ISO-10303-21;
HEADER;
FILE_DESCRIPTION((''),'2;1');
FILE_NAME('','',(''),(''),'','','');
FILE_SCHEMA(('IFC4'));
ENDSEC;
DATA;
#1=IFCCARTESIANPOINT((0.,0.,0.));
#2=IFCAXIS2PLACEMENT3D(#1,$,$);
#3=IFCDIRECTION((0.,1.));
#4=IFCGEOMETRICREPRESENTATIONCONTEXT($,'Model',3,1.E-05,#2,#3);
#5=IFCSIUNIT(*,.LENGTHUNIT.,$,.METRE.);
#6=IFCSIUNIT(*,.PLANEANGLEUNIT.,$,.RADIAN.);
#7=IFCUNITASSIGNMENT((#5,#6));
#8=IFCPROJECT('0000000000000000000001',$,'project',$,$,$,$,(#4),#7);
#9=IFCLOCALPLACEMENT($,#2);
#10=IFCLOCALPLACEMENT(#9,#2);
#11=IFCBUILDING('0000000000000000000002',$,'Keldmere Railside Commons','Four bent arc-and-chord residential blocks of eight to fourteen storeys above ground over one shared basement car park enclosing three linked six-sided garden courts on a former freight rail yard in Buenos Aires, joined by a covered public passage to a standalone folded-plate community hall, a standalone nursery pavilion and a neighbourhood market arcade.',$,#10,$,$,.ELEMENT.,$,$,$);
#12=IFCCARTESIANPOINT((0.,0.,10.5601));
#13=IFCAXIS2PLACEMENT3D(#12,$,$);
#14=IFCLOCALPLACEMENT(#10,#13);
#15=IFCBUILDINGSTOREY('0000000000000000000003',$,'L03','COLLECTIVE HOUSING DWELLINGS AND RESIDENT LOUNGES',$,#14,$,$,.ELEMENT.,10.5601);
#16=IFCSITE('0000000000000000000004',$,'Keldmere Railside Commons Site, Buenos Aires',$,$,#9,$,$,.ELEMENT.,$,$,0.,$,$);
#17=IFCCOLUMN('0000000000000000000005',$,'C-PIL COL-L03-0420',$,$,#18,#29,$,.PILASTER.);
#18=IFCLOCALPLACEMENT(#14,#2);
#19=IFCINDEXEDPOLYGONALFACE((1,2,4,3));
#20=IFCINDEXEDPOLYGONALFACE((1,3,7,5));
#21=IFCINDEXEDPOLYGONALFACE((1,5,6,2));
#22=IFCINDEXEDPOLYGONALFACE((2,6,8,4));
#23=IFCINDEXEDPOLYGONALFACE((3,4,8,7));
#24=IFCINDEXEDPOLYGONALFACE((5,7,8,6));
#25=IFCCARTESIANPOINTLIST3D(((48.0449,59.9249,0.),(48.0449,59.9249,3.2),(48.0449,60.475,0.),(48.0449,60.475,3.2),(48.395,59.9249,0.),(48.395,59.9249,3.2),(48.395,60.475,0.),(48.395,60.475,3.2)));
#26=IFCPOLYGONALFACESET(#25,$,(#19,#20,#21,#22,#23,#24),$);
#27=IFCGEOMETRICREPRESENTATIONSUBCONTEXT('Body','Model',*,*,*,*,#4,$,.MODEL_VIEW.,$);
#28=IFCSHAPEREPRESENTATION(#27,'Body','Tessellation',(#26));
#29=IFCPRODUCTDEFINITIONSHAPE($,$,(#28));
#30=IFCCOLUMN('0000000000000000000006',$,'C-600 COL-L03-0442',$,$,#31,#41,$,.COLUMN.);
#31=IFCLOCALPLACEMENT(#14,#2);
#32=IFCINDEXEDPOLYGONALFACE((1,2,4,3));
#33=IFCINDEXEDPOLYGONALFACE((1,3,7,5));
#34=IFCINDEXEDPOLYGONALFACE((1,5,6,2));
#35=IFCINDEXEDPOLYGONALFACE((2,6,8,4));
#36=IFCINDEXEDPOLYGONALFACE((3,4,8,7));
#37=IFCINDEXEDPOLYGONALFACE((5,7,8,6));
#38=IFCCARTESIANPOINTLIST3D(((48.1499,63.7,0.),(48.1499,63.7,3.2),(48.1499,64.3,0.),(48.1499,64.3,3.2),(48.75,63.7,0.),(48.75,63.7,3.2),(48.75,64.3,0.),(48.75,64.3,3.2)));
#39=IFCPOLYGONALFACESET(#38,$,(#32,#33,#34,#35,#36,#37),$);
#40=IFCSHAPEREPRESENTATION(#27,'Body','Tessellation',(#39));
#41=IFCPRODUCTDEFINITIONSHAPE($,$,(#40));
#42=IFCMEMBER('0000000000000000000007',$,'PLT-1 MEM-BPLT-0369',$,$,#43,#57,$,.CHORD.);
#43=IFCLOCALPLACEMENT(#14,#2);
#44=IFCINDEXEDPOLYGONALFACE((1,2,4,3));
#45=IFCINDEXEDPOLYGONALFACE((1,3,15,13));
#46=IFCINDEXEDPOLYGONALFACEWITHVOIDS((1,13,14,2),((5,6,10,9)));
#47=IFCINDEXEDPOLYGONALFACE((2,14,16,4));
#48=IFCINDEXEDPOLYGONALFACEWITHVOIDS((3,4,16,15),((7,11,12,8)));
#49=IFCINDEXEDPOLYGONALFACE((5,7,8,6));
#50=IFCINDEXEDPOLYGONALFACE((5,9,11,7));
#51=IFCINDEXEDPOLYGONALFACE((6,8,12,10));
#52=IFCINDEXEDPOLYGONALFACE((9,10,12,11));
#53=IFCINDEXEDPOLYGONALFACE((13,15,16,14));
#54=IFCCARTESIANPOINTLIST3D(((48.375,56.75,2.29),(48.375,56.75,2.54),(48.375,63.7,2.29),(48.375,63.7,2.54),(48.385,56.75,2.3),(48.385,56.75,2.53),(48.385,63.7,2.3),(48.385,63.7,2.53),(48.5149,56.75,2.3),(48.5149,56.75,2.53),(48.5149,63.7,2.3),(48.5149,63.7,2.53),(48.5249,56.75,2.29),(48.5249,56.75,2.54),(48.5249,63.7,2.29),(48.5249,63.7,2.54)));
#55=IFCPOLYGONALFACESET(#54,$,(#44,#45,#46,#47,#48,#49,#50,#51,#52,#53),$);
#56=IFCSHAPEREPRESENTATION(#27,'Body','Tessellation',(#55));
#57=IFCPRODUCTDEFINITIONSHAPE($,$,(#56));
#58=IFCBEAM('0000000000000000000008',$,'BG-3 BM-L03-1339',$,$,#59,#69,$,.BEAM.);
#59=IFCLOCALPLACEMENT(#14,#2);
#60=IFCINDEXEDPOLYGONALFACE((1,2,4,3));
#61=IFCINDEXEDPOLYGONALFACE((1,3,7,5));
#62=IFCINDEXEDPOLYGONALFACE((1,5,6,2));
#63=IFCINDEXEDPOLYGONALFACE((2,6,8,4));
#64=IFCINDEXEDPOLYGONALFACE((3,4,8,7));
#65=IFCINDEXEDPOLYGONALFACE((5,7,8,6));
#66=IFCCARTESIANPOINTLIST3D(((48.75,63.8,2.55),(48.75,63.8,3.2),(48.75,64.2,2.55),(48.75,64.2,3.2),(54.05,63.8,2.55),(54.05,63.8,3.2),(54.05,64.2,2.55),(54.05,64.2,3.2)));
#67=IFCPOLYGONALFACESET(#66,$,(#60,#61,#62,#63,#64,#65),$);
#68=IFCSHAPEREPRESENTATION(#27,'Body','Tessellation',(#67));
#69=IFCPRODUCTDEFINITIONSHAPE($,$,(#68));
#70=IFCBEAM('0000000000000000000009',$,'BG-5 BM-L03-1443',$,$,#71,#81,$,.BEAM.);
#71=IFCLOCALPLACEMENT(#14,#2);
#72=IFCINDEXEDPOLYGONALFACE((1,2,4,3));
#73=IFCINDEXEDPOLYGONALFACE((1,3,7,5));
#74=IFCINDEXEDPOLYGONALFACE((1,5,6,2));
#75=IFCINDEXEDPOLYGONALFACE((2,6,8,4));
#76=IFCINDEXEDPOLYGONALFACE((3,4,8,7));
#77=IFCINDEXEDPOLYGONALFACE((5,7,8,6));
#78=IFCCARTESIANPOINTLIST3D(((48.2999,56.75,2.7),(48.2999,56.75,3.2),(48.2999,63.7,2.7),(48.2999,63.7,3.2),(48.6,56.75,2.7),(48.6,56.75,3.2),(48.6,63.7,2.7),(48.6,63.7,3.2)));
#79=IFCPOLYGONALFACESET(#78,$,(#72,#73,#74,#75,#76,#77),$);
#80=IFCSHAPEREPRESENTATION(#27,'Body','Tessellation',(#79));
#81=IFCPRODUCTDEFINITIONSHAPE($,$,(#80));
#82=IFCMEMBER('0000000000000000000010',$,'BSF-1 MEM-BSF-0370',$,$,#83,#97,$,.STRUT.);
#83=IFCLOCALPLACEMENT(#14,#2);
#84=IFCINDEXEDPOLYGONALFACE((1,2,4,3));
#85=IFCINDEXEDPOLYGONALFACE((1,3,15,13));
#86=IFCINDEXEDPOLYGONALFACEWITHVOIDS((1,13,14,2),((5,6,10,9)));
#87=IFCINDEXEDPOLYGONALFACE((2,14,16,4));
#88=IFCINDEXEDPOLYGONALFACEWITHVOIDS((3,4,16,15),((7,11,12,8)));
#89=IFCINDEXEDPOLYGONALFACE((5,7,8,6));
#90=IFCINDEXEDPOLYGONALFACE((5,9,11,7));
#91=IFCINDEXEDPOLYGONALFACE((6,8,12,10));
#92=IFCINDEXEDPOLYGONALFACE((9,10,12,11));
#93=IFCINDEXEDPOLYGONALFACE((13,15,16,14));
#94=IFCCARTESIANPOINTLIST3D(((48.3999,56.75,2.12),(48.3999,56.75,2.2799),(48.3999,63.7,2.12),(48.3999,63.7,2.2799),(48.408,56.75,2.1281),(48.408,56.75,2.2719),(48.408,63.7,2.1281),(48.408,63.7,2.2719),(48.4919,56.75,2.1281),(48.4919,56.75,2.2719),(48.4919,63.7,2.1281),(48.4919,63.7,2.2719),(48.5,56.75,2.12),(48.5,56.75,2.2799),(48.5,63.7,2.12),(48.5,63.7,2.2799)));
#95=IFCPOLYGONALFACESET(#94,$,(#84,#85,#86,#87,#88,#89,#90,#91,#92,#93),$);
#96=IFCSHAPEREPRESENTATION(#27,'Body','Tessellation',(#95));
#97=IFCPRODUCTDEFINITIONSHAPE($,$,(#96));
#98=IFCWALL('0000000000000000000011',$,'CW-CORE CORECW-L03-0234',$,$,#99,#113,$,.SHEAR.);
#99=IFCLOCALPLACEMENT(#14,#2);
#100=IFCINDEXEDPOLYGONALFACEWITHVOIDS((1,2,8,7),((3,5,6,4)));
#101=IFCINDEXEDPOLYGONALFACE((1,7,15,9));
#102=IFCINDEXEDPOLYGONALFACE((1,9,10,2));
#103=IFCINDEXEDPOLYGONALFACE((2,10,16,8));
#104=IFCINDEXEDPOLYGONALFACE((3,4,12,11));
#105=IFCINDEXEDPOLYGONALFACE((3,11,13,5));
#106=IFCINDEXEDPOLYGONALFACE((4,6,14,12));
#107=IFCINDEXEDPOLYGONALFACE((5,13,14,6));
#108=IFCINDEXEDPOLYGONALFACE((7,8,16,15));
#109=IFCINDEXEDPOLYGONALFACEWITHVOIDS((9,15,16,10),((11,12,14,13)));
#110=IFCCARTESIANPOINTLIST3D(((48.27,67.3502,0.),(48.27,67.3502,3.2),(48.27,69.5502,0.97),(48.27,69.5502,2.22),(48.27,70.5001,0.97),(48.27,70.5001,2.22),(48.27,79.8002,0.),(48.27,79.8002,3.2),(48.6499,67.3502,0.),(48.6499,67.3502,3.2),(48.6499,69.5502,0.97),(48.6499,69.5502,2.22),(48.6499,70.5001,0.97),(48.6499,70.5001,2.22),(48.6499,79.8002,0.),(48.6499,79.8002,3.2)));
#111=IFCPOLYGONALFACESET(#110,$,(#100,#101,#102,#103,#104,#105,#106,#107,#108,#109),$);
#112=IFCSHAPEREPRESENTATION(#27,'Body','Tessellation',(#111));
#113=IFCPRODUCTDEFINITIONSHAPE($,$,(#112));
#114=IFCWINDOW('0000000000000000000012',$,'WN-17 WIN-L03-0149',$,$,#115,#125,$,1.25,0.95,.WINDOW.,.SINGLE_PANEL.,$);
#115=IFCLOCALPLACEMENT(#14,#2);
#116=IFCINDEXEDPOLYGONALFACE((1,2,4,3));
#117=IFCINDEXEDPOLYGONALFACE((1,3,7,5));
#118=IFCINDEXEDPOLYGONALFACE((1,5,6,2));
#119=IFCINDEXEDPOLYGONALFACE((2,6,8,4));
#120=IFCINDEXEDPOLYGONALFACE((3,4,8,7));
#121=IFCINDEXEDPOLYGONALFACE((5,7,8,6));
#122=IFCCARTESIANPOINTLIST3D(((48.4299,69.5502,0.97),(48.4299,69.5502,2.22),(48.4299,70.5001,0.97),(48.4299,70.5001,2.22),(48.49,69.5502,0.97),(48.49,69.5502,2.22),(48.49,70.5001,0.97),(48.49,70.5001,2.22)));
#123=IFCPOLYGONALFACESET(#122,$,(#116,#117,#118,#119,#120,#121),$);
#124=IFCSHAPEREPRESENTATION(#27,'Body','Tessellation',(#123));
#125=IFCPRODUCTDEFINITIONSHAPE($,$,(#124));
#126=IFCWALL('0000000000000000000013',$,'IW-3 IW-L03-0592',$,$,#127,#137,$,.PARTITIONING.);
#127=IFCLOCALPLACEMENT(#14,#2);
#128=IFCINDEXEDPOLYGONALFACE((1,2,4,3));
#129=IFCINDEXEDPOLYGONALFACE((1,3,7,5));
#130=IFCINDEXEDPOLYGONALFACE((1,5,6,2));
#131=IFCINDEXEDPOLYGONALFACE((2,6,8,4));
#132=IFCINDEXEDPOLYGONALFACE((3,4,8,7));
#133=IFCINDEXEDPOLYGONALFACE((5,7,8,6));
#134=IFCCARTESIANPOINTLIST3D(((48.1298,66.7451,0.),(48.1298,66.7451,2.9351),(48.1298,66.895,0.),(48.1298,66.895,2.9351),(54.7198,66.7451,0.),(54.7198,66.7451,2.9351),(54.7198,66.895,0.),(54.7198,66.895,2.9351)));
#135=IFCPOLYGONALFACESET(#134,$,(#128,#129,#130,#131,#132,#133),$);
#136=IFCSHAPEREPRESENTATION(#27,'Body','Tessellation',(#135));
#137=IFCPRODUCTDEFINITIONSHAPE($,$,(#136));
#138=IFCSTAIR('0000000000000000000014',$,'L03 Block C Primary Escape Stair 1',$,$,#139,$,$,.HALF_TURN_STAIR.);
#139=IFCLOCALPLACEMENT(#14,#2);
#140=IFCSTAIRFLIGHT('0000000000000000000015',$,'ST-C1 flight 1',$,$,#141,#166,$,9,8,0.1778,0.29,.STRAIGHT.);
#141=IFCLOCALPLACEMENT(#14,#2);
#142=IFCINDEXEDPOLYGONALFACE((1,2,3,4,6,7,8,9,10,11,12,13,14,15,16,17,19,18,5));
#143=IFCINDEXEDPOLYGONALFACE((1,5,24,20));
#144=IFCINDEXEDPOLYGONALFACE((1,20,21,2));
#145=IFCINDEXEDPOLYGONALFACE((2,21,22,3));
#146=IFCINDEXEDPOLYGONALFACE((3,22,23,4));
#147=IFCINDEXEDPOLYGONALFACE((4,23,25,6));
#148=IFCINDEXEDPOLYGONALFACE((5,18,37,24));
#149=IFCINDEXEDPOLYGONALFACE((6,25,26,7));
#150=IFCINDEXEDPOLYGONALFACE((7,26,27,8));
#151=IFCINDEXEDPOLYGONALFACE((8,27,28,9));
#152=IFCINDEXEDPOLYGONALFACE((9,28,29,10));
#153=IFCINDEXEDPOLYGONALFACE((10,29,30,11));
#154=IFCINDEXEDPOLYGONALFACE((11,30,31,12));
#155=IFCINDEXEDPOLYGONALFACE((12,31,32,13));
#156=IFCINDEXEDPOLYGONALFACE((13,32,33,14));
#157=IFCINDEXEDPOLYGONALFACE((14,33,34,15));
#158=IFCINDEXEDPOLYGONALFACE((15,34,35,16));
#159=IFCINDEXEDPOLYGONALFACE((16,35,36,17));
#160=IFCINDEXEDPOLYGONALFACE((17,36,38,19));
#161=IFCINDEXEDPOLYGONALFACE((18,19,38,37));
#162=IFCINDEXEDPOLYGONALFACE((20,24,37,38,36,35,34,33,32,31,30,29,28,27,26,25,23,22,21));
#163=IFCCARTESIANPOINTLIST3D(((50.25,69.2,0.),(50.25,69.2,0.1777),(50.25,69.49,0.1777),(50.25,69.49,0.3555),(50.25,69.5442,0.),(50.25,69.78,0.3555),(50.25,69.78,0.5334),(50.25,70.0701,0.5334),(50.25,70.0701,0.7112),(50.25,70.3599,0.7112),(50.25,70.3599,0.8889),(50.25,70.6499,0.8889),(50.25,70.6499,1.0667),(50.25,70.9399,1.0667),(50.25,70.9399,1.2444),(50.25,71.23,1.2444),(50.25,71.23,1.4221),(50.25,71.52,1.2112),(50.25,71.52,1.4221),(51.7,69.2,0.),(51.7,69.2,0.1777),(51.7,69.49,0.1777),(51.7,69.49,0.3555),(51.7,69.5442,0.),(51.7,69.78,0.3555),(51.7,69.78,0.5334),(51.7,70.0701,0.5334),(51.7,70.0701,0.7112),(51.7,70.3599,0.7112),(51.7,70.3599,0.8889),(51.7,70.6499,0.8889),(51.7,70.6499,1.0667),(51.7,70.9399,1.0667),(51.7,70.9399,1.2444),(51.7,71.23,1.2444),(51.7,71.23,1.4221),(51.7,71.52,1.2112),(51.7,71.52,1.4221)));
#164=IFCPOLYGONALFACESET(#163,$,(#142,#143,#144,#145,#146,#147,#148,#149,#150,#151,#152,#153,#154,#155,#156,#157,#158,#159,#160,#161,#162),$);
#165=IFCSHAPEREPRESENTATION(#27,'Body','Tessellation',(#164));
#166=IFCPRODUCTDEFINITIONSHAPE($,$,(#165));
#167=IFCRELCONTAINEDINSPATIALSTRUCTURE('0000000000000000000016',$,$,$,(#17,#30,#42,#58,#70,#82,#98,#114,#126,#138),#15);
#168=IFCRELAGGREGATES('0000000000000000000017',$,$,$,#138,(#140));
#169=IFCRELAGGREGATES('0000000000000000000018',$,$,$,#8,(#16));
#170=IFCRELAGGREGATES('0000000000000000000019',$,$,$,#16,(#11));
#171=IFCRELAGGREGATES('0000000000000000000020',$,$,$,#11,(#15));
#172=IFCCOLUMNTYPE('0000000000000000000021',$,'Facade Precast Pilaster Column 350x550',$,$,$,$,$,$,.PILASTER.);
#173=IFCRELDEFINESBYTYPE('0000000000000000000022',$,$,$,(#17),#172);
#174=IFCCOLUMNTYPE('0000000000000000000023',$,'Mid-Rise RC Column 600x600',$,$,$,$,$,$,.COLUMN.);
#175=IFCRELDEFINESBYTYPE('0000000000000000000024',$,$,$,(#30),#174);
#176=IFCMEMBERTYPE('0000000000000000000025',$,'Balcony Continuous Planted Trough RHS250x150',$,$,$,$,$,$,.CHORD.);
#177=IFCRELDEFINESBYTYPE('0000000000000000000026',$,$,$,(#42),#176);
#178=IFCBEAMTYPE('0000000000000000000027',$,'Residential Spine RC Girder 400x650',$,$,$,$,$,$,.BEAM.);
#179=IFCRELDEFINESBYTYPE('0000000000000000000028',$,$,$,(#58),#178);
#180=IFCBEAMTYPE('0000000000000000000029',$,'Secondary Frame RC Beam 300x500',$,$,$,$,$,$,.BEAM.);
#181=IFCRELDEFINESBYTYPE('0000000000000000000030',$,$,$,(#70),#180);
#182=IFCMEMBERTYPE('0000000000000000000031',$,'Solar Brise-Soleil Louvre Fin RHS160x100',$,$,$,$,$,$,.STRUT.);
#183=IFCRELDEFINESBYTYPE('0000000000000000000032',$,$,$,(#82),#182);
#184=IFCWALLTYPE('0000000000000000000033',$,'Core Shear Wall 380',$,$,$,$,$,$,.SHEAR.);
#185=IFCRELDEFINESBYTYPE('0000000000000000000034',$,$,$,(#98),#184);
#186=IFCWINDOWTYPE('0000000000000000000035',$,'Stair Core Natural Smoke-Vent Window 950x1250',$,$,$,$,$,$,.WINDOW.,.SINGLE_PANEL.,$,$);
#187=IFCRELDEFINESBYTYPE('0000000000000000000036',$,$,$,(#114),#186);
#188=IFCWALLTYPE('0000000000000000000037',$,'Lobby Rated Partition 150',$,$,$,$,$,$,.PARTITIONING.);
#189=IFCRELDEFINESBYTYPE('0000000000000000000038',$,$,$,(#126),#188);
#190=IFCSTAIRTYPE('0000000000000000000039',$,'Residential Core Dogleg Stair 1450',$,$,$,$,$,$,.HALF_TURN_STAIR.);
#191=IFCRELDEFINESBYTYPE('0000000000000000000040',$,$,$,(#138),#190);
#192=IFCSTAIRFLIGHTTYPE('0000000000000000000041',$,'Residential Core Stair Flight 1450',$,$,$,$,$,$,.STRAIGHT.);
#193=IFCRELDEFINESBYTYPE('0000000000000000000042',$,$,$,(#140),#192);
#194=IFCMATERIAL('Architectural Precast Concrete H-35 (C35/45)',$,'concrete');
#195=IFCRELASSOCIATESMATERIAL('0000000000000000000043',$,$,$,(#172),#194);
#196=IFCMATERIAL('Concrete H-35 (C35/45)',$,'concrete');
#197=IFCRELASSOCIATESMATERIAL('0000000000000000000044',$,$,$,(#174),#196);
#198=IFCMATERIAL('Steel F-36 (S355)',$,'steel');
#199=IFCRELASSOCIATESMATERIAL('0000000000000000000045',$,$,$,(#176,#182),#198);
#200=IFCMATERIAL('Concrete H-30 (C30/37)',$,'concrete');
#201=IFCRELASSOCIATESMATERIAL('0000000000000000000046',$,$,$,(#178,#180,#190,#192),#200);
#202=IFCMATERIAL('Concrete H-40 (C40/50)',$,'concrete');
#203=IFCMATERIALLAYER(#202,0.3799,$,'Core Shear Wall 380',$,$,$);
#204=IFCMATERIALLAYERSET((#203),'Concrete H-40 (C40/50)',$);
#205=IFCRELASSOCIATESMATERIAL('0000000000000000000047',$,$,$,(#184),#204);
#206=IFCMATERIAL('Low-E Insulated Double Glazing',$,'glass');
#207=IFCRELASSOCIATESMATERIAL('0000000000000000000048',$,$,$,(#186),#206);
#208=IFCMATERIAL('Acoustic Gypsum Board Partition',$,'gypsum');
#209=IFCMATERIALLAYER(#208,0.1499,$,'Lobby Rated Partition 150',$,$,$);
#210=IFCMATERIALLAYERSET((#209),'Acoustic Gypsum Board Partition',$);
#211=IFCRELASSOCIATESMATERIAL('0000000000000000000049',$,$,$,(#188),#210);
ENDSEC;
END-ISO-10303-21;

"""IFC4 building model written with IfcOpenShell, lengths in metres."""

from ifc_helpers import new_model, si_unit, direction, frame, frame_2d, origin, origin_2d, place, context, subcontext, project, spatial, polyline, rectangle, hollow_rectangle, outline, extrude, material, layer, layer_set, material_profile, profile_set, type_object, element, fill, aggregate, save


model = new_model("IFC4")

# Units and contexts
model_context = context("Model", 3, precision=1e-05, world=origin(), true_north=direction((0.0, 1.0)))
body_context = subcontext(model_context, "Body", "Model", "MODEL_VIEW")
ifc_project = project(units=[si_unit("LENGTHUNIT", "METRE"), si_unit("PLANEANGLEUNIT", "RADIAN")], contexts=[model_context])

# Site, building, storey
site_placement = place(None, origin())
site = spatial("IfcSite", under=ifc_project, at=site_placement, Name="Keldmere Railside Commons Site, Buenos Aires", CompositionType="ELEMENT", RefElevation=0.0)
building_placement = place(site_placement, origin())
building = spatial("IfcBuilding", under=site, at=building_placement, Name="Keldmere Railside Commons", Description="Four bent arc-and-chord residential blocks of eight to fourteen storeys above ground over one shared basement car park enclosing three linked six-sided garden courts on a former freight rail yard in Buenos Aires, joined by a covered public passage to a standalone folded-plate community hall, a standalone nursery pavilion and a neighbourhood market arcade.", CompositionType="ELEMENT")
storey_placement = place(building_placement, frame((0.0, 0.0, 10.5601)))
storey = spatial("IfcBuildingStorey", under=building, at=storey_placement, Name="L03", Description="COLLECTIVE HOUSING DWELLINGS AND RESIDENT LOUNGES", CompositionType="ELEMENT", Elevation=10.5601)

# Columns
ifc_material_1 = material(Name="Architectural Precast Concrete H-35 (C35/45)", Category="concrete")
ifc_material_profile_1 = material_profile(ifc_material_1, rectangle(XDim=0.3501, YDim=0.55, at=origin_2d()), Name="RC-350x550")
ifc_profile_set_1 = profile_set([ifc_material_profile_1], Name="Architectural Precast Concrete H-35 (C35/45)")
column_type_1 = type_object("IfcColumnType", Name="Facade Precast Pilaster Column 350x550", PredefinedType="PILASTER", material=ifc_profile_set_1)
column_1_placement = place(storey_placement, frame((48.22, 60.2, 0.0), z_axis=(0.0, 0.0, 1.0), x_axis=(1.0, 0.0, 0.0)))
element("IfcColumn", 1, at=column_1_placement, inside=storey, type_object=column_type_1, Name="C-PIL COL-L03-0420", PredefinedType="PILASTER", context=body_context, shape_type="SweptSolid", body=[
    extrude(rectangle(XDim=0.3501, YDim=0.55, at=origin_2d()), origin(), (0.0, 0.0, 1.0), 3.2),
])
ifc_material_2 = material(Name="Concrete H-35 (C35/45)", Category="concrete")
ifc_material_profile_2 = material_profile(ifc_material_2, rectangle(XDim=0.6001, YDim=0.6001, at=origin_2d()), Name="RC-600x600")
ifc_profile_set_2 = profile_set([ifc_material_profile_2], Name="Concrete H-35 (C35/45)")
column_type_2 = type_object("IfcColumnType", Name="Mid-Rise RC Column 600x600", PredefinedType="COLUMN", material=ifc_profile_set_2)
column_2_placement = place(storey_placement, frame((48.45, 64.0, 0.0), z_axis=(0.0, 0.0, 1.0), x_axis=(1.0, 0.0, 0.0)))
element("IfcColumn", 2, at=column_2_placement, inside=storey, type_object=column_type_2, Name="C-600 COL-L03-0442", PredefinedType="COLUMN", context=body_context, shape_type="SweptSolid", body=[
    extrude(rectangle(XDim=0.6001, YDim=0.6001, at=origin_2d()), origin(), (0.0, 0.0, 1.0), 3.2),
])

# Member
ifc_material_3 = material(Name="Steel F-36 (S355)", Category="steel")
ifc_material_profile_3 = material_profile(ifc_material_3, hollow_rectangle(XDim=0.1499, YDim=0.25, WallThickness=0.01, at=origin_2d()), Name="RHS-250x150x10")
ifc_profile_set_3 = profile_set([ifc_material_profile_3], Name="Steel F-36 (S355)")
member_type_1 = type_object("IfcMemberType", Name="Balcony Continuous Planted Trough RHS250x150", PredefinedType="CHORD", material=ifc_profile_set_3)
member_1_placement = place(storey_placement, frame((48.45, 56.75, 2.415), z_axis=(0.0, 1.0, 0.0), x_axis=(-1.0, 0.0, 0.0)))
element("IfcMember", 3, at=member_1_placement, inside=storey, type_object=member_type_1, Name="PLT-1 MEM-BPLT-0369", PredefinedType="CHORD", context=body_context, shape_type="SweptSolid", body=[
    extrude(hollow_rectangle(XDim=0.1499, YDim=0.25, WallThickness=0.01, at=origin_2d()), origin(), (0.0, 0.0, 1.0), 6.95),
])

# Beams
ifc_material_4 = material(Name="Concrete H-30 (C30/37)", Category="concrete")
ifc_material_profile_4 = material_profile(ifc_material_4, rectangle(XDim=0.3999, YDim=0.6499, at=origin_2d()), Name="RC-400x650")
ifc_profile_set_4 = profile_set([ifc_material_profile_4], Name="Concrete H-30 (C30/37)")
beam_type_1 = type_object("IfcBeamType", Name="Residential Spine RC Girder 400x650", PredefinedType="BEAM", material=ifc_profile_set_4)
beam_1_placement = place(storey_placement, frame((48.75, 64.0, 2.875), z_axis=(1.0, 0.0, 0.0), x_axis=(0.0, 1.0, 0.0)))
element("IfcBeam", 4, at=beam_1_placement, inside=storey, type_object=beam_type_1, Name="BG-3 BM-L03-1339", PredefinedType="BEAM", context=body_context, shape_type="SweptSolid", body=[
    extrude(rectangle(XDim=0.3999, YDim=0.6499, at=origin_2d()), origin(), (0.0, 0.0, 1.0), 5.3),
])
ifc_material_profile_5 = material_profile(ifc_material_4, rectangle(XDim=0.3, YDim=0.5, at=origin_2d()), Name="RC-300x500")
ifc_profile_set_5 = profile_set([ifc_material_profile_5], Name="Concrete H-30 (C30/37)")
beam_type_2 = type_object("IfcBeamType", Name="Secondary Frame RC Beam 300x500", PredefinedType="BEAM", material=ifc_profile_set_5)
beam_2_placement = place(storey_placement, frame((48.45, 56.75, 2.95), z_axis=(0.0, 1.0, 0.0), x_axis=(-1.0, 0.0, 0.0)))
element("IfcBeam", 5, at=beam_2_placement, inside=storey, type_object=beam_type_2, Name="BG-5 BM-L03-1443", PredefinedType="BEAM", context=body_context, shape_type="SweptSolid", body=[
    extrude(rectangle(XDim=0.3, YDim=0.5, at=origin_2d()), origin(), (0.0, 0.0, 1.0), 6.95),
])

# Member
ifc_material_profile_6 = material_profile(ifc_material_3, hollow_rectangle(XDim=0.1001, YDim=0.1599, WallThickness=0.0081, at=origin_2d()), Name="RHS-160x100x8")
ifc_profile_set_6 = profile_set([ifc_material_profile_6], Name="Steel F-36 (S355)")
member_type_2 = type_object("IfcMemberType", Name="Solar Brise-Soleil Louvre Fin RHS160x100", PredefinedType="STRUT", material=ifc_profile_set_6)
member_2_placement = place(storey_placement, frame((48.45, 56.75, 2.2), z_axis=(0.0, 1.0, 0.0), x_axis=(-1.0, 0.0, 0.0)))
element("IfcMember", 6, at=member_2_placement, inside=storey, type_object=member_type_2, Name="BSF-1 MEM-BSF-0370", PredefinedType="STRUT", context=body_context, shape_type="SweptSolid", body=[
    extrude(hollow_rectangle(XDim=0.1001, YDim=0.1599, WallThickness=0.0081, at=origin_2d()), origin(), (0.0, 0.0, 1.0), 6.95),
])

# Wall, opening, window
ifc_material_5 = material(Name="Concrete H-40 (C40/50)", Category="concrete")
ifc_layer_1 = layer(ifc_material_5, 0.3799, Name="Core Shear Wall 380")
ifc_layer_set_1 = layer_set([ifc_layer_1], Name="Concrete H-40 (C40/50)")
wall_type_1 = type_object("IfcWallType", Name="Core Shear Wall 380", PredefinedType="SHEAR", material=ifc_layer_set_1)
wall_1_placement = place(storey_placement, frame((48.46, 67.3501, 0.0), z_axis=(0.0, 0.0, 1.0), x_axis=(0.0, 1.0, 0.0)))
wall_1 = element("IfcWall", 7, at=wall_1_placement, inside=storey, type_object=wall_type_1, Name="CW-CORE CORECW-L03-0234", PredefinedType="SHEAR", context=body_context, shape_type="SweptSolid", body=[
    extrude(rectangle(XDim=12.45, YDim=0.3799, at=frame_2d((6.2251, 0.0))), origin(), (0.0, 0.0, 1.0), 3.2),
])
opening_placement = place(wall_1_placement, frame((2.2, 0.0, 0.97)))
opening = element("IfcOpeningElement", 8, at=opening_placement, cuts=wall_1, PredefinedType="OPENING", context=body_context, shape_type="SweptSolid", body=[
    extrude(rectangle(XDim=0.95, YDim=1.25, at=frame_2d((0.4751, 0.625))), frame((0.0, 0.2, 0.0), z_axis=(0.0, -1.0, 0.0), x_axis=(1.0, 0.0, 0.0)), (0.0, 0.0, 1.0), 0.3999),
])
ifc_material_6 = material(Name="Low-E Insulated Double Glazing", Category="glass")
window_type = type_object("IfcWindowType", Name="Stair Core Natural Smoke-Vent Window 950x1250", PartitioningType="SINGLE_PANEL", PredefinedType="WINDOW", material=ifc_material_6)
window_placement = place(opening_placement, origin())
window = element("IfcWindow", 9, at=window_placement, inside=storey, type_object=window_type, Name="WN-17 WIN-L03-0149", OverallHeight=1.25, OverallWidth=0.95, PartitioningType="SINGLE_PANEL", PredefinedType="WINDOW", context=body_context, shape_type="SweptSolid", body=[
    extrude(rectangle(XDim=0.95, YDim=1.25, at=frame_2d((0.4751, 0.625))), frame((0.0, 0.03, 0.0), z_axis=(0.0, -1.0, 0.0), x_axis=(1.0, 0.0, 0.0)), (0.0, 0.0, 1.0), 0.0601),
])
fill(opening, window)

# Wall
ifc_material_7 = material(Name="Acoustic Gypsum Board Partition", Category="gypsum")
ifc_layer_2 = layer(ifc_material_7, 0.1499, Name="Lobby Rated Partition 150")
ifc_layer_set_2 = layer_set([ifc_layer_2], Name="Acoustic Gypsum Board Partition")
wall_type_2 = type_object("IfcWallType", Name="Lobby Rated Partition 150", PredefinedType="PARTITIONING", material=ifc_layer_set_2)
wall_2_placement = place(storey_placement, frame((48.1299, 66.8201, 0.0), z_axis=(0.0, 0.0, 1.0), x_axis=(1.0, 0.0, 0.0)))
element("IfcWall", 10, at=wall_2_placement, inside=storey, type_object=wall_type_2, Name="IW-3 IW-L03-0592", PredefinedType="PARTITIONING", context=body_context, shape_type="SweptSolid", body=[
    extrude(rectangle(XDim=6.5901, YDim=0.1499, at=frame_2d((3.2949, 0.0))), origin(), (0.0, 0.0, 1.0), 2.9351),
])

# Stair, stair flight
stair_type = type_object("IfcStairType", Name="Residential Core Dogleg Stair 1450", PredefinedType="HALF_TURN_STAIR", material=ifc_material_4)
stair_placement = place(storey_placement, origin())
stair = element("IfcStair", 11, at=stair_placement, inside=storey, type_object=stair_type, Name="L03 Block C Primary Escape Stair 1", PredefinedType="HALF_TURN_STAIR")
stair_flight_type = type_object("IfcStairFlightType", Name="Residential Core Stair Flight 1450", PredefinedType="STRAIGHT", material=ifc_material_4)
stair_flight_1_placement = place(storey_placement, frame((50.9751, 69.2, 0.0), z_axis=(0.0, 0.0, 1.0), x_axis=(0.0, 1.0, 0.0)))
stair_flight_1 = element("IfcStairFlight", 12, at=stair_flight_1_placement, type_object=stair_flight_type, Name="ST-C1 flight 1", NumberOfRisers=9, NumberOfTreads=8, PredefinedType="STRAIGHT", RiserHeight=0.1778, TreadLength=0.29, context=body_context, shape_type="SweptSolid", body=[
    extrude(outline(polyline([(0.0, 0.0), (0.0, 0.1777), (0.29, 0.1777), (0.29, 0.3555), (0.5801, 0.3555), (0.5801, 0.5334), (0.8701, 0.5334), (0.8701, 0.7112), (1.1599, 0.7112), (1.1599, 0.8889), (1.45, 0.8889), (1.45, 1.0667), (1.74, 1.0667), (1.74, 1.2444), (2.03, 1.2444), (2.03, 1.4221), (2.3201, 1.4221), (2.3201, 1.6001), (2.3201, 1.2112), (0.3442, 0.0), (0.0, 0.0)])), frame((0.0, 0.7251, 0.0), z_axis=(0.0, -1.0, 0.0), x_axis=(1.0, 0.0, 0.0)), (0.0, 0.0, 1.0), 1.45),
])
aggregate(stair, [stair_flight_1])

save(model, "model.ifc")
